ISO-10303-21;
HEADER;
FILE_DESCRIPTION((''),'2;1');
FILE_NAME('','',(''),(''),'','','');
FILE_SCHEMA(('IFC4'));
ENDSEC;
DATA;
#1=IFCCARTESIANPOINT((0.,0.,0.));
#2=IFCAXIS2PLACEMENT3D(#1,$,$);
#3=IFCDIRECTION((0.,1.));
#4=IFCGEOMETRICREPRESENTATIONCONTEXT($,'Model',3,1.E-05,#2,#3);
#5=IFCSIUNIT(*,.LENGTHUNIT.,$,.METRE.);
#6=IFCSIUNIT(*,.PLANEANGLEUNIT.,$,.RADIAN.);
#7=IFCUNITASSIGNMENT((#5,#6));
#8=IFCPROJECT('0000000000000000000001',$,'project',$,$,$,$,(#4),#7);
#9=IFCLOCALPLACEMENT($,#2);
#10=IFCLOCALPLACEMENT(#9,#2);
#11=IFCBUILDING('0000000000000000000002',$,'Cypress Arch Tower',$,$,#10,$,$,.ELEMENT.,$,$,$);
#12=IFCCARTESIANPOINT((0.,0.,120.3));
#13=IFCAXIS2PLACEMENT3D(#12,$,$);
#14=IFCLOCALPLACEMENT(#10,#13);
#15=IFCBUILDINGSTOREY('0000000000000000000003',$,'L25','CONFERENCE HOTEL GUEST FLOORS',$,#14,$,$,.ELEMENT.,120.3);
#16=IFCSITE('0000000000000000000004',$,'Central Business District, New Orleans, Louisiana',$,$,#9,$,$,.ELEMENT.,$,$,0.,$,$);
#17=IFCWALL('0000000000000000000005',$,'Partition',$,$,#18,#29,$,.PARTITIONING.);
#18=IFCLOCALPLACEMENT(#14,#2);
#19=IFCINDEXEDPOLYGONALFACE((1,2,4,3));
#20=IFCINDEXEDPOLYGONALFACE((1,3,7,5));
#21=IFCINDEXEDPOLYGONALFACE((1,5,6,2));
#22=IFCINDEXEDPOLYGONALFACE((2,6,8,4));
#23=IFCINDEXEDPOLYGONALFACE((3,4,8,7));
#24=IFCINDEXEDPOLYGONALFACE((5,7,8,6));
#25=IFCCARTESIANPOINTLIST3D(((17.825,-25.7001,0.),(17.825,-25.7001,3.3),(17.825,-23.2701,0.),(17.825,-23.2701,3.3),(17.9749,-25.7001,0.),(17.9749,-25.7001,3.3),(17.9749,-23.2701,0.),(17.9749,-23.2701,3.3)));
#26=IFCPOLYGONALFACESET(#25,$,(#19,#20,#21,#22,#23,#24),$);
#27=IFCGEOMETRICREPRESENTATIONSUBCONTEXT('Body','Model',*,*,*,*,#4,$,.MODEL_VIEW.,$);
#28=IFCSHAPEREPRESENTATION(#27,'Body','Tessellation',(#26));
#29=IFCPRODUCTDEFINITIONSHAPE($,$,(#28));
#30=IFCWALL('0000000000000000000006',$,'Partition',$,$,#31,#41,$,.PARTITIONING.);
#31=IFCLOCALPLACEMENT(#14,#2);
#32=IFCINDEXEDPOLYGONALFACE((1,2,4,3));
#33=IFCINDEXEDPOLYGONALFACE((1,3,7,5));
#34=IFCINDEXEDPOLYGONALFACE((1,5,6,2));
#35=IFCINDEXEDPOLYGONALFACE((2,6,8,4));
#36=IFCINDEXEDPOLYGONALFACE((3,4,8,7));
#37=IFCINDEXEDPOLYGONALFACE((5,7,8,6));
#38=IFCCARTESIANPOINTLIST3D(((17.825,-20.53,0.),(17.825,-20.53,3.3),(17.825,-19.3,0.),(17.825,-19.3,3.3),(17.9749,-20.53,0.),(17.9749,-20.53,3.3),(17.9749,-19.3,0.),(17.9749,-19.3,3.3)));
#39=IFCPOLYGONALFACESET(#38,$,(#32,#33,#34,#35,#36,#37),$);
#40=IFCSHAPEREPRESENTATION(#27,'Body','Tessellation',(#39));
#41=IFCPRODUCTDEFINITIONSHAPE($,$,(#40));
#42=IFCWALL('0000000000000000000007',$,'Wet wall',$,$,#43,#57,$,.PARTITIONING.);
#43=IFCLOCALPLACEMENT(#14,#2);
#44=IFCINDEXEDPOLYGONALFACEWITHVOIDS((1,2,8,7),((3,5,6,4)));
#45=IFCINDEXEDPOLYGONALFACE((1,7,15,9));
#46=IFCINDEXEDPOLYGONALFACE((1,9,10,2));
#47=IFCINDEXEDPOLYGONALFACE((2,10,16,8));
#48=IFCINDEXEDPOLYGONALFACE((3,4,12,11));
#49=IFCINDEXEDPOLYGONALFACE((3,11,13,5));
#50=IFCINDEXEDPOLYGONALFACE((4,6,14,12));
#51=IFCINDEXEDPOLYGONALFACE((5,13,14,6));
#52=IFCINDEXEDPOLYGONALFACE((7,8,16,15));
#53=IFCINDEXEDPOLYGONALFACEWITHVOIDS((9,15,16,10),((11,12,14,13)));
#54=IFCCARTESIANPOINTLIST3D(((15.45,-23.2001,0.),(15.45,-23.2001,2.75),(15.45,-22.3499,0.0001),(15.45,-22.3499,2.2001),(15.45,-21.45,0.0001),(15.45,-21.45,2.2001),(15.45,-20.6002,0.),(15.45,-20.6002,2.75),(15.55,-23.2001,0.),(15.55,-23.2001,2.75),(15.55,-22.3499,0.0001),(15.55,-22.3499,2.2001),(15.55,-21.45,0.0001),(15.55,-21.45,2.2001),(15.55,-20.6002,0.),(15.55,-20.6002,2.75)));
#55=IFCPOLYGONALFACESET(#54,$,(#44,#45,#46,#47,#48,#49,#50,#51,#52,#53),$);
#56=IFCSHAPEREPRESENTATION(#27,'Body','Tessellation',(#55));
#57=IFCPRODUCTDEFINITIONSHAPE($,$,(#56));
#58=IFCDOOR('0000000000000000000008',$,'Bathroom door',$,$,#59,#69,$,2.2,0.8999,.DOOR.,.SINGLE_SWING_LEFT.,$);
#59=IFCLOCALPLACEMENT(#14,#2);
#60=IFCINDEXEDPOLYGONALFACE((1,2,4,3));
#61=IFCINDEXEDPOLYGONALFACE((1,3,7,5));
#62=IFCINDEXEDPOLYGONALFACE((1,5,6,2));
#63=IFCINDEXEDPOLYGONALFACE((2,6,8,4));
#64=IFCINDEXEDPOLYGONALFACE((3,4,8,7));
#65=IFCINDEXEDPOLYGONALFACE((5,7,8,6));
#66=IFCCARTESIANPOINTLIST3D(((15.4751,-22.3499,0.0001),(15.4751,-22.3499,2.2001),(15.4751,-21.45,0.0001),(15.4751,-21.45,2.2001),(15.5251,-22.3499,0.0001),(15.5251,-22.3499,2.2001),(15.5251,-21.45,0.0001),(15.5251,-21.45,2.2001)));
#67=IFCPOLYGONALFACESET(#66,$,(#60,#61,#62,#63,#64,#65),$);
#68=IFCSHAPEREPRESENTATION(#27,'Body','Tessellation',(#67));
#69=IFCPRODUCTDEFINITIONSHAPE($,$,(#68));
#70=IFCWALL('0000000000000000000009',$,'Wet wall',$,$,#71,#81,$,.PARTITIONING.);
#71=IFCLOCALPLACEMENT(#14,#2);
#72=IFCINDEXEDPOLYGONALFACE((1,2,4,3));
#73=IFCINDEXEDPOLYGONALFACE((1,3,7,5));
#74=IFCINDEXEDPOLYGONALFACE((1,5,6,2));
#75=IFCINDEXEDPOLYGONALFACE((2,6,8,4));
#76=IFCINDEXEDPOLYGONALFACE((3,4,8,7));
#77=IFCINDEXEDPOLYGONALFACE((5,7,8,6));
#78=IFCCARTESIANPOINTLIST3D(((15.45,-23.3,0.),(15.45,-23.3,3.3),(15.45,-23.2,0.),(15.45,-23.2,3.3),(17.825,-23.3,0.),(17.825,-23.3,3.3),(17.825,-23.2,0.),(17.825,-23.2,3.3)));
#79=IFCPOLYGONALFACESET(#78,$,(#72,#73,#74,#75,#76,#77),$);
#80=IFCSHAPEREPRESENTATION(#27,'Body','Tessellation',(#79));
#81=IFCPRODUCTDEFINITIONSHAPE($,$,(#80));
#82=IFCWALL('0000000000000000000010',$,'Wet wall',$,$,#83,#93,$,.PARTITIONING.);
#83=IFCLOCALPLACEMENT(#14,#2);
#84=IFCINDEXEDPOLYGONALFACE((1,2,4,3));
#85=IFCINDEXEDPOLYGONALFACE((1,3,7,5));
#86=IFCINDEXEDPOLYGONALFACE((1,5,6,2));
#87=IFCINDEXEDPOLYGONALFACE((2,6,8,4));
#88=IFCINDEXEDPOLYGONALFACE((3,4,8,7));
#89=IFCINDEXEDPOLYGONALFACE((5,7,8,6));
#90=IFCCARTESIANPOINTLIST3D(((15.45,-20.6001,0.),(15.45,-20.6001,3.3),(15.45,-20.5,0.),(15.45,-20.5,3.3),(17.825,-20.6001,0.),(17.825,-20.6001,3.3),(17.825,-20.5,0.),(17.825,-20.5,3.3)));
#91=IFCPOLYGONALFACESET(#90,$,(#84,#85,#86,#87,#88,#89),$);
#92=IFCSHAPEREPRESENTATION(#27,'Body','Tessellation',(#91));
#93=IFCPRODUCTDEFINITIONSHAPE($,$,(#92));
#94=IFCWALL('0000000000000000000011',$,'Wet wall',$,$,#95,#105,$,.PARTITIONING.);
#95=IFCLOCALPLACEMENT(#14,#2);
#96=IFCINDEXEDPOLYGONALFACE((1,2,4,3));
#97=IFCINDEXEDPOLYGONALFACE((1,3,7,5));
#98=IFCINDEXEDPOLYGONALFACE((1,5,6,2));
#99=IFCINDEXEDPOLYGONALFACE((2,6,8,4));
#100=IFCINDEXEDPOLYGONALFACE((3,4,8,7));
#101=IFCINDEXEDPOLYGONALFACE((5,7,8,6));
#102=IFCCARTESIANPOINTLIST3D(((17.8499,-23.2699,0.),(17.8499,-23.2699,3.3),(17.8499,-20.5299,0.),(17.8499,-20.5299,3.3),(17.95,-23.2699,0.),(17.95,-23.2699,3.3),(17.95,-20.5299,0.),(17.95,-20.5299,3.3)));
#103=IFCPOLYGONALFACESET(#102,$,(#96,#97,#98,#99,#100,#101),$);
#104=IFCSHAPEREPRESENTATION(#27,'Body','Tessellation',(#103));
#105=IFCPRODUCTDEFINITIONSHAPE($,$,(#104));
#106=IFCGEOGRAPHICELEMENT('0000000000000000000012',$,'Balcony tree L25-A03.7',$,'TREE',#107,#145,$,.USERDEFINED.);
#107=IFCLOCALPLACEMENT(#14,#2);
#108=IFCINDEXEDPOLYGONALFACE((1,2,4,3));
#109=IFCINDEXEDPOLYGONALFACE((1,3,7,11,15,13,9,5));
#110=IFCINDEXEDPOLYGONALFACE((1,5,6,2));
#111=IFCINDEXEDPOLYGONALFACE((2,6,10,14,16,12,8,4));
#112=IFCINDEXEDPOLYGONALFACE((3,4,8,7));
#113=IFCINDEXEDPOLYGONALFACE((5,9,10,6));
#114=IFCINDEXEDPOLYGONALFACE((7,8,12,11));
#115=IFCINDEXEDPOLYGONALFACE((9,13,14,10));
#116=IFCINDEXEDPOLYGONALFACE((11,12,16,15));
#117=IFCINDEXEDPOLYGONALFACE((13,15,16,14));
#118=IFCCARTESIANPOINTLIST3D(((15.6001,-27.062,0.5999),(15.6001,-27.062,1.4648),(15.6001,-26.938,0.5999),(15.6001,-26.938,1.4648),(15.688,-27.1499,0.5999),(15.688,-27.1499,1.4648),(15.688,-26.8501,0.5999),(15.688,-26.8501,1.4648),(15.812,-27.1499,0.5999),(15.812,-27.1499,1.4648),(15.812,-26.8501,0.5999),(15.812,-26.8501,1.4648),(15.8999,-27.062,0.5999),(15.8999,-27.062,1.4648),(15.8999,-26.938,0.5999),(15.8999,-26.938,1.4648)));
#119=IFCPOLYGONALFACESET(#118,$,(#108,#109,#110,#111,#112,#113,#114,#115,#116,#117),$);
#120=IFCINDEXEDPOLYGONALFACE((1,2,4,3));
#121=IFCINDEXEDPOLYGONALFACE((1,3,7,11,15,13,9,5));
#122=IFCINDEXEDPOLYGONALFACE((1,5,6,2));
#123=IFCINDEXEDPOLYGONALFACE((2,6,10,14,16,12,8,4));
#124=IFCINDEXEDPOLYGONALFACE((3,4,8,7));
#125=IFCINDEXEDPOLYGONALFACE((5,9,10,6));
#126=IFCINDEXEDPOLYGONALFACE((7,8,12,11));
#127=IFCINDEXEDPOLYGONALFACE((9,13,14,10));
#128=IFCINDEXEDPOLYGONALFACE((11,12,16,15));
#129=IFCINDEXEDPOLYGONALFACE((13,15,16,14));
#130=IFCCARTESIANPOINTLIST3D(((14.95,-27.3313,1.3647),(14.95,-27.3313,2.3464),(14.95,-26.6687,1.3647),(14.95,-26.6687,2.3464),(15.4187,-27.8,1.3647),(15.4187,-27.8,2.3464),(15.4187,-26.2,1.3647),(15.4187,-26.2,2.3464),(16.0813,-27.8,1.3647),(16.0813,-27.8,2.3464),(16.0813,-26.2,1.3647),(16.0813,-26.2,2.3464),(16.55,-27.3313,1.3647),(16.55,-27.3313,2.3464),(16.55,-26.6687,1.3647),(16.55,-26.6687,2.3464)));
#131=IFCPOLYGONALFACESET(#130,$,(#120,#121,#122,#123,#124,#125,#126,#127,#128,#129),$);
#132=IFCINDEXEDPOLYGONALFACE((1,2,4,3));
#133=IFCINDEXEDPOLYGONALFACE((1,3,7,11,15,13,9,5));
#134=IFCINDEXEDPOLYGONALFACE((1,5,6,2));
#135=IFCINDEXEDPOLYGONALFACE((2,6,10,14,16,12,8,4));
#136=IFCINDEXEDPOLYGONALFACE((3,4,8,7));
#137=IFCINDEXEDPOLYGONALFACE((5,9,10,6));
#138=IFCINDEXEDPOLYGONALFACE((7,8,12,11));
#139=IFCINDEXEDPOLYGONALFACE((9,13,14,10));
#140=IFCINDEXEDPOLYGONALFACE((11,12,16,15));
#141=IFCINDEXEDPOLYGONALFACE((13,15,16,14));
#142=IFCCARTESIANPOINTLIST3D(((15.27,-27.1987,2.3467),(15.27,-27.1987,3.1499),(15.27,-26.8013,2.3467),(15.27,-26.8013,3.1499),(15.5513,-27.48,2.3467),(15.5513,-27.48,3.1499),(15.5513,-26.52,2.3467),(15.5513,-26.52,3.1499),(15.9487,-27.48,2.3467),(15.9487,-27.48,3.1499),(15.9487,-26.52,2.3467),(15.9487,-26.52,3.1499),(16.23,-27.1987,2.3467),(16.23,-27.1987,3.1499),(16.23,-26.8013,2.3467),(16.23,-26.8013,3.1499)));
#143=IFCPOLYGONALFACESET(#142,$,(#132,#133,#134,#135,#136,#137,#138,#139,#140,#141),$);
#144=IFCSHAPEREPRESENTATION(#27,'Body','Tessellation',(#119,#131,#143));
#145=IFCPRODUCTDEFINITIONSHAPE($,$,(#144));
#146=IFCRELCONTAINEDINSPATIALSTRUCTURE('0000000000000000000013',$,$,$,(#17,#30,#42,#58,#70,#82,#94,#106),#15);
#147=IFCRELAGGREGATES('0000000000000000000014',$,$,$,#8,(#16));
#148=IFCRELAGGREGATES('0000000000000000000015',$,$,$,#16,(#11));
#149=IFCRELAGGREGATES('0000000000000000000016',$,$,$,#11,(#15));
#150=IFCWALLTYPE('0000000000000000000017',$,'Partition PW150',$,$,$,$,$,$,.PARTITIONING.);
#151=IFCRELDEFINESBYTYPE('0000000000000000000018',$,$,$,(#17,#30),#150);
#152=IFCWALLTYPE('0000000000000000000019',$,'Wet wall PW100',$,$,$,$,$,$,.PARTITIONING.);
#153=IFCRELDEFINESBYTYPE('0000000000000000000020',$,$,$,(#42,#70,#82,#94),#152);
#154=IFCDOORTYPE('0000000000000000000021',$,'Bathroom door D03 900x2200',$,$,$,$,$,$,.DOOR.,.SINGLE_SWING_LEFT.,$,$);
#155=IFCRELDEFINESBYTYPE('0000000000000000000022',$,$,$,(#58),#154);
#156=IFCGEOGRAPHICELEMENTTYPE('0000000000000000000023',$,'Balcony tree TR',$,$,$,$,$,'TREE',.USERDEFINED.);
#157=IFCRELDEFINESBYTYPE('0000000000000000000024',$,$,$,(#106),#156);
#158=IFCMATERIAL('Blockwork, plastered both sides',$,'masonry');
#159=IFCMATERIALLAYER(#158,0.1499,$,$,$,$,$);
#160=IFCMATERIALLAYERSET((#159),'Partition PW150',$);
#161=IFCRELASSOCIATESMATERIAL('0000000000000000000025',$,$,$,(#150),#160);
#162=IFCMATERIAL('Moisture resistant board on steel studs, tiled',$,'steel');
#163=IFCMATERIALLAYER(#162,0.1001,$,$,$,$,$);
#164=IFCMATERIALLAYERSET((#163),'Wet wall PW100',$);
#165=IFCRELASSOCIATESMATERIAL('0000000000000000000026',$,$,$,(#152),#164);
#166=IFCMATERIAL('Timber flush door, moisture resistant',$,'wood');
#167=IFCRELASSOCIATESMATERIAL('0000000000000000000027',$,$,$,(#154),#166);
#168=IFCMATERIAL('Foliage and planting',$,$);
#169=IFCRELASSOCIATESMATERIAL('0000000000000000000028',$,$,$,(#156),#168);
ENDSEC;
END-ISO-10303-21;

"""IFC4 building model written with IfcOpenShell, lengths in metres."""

from ifc_helpers import new_model, si_unit, direction, frame, frame_2d, origin, place, context, subcontext, project, spatial, polyline, rectangle, outline, extrude, material, layer, layer_set, type_object, element, fill, save


model = new_model("IFC4")

# Units and contexts
model_context = context("Model", 3, precision=1e-05, world=origin(), true_north=direction((0.0, 1.0)))
body_context = subcontext(model_context, "Body", "Model", "MODEL_VIEW")
ifc_project = project(units=[si_unit("LENGTHUNIT", "METRE"), si_unit("PLANEANGLEUNIT", "RADIAN")], contexts=[model_context])

# Site, building, storey
site_placement = place(None, origin())
site = spatial("IfcSite", under=ifc_project, at=site_placement, Name="Central Business District, New Orleans, Louisiana", CompositionType="ELEMENT", RefElevation=0.0)
building_placement = place(site_placement, origin())
building = spatial("IfcBuilding", under=site, at=building_placement, Name="Cypress Arch Tower", CompositionType="ELEMENT")
storey_placement = place(building_placement, frame((0.0, 0.0, 120.3)))
storey = spatial("IfcBuildingStorey", under=building, at=storey_placement, Name="L25", Description="CONFERENCE HOTEL GUEST FLOORS", CompositionType="ELEMENT", Elevation=120.3)

# Walls
ifc_material_1 = material(Name="Blockwork, plastered both sides", Category="masonry")
ifc_layer_1 = layer(ifc_material_1, 0.1499)
ifc_layer_set_1 = layer_set([ifc_layer_1], Name="Partition PW150")
wall_type_1 = type_object("IfcWallType", Name="Partition PW150", PredefinedType="PARTITIONING", material=ifc_layer_set_1)
wall_1_placement = place(storey_placement, frame((17.8999, -25.7, 0.0), z_axis=(0.0, 0.0, 1.0), x_axis=(0.0, 1.0, 0.0)))
element("IfcWall", 1, at=wall_1_placement, inside=storey, type_object=wall_type_1, Name="Partition", PredefinedType="PARTITIONING", context=body_context, shape_type="SweptSolid", body=[
    extrude(rectangle(XDim=2.4299, YDim=0.1499, at=frame_2d((1.2148, 0.0))), origin(), (0.0, 0.0, 1.0), 3.3),
])
wall_2_placement = place(storey_placement, frame((17.8999, -20.53, 0.0), z_axis=(0.0, 0.0, 1.0), x_axis=(0.0, 1.0, 0.0)))
element("IfcWall", 2, at=wall_2_placement, inside=storey, type_object=wall_type_1, Name="Partition", PredefinedType="PARTITIONING", context=body_context, shape_type="SweptSolid", body=[
    extrude(rectangle(XDim=1.23, YDim=0.1499, at=frame_2d((0.615, 0.0))), origin(), (0.0, 0.0, 1.0), 3.3),
])

# Wall, opening, door
ifc_material_2 = material(Name="Moisture resistant board on steel studs, tiled", Category="steel")
ifc_layer_2 = layer(ifc_material_2, 0.1001)
ifc_layer_set_2 = layer_set([ifc_layer_2], Name="Wet wall PW100")
wall_type_2 = type_object("IfcWallType", Name="Wet wall PW100", PredefinedType="PARTITIONING", material=ifc_layer_set_2)
wall_3_placement = place(storey_placement, frame((15.5, -23.2, 0.0), z_axis=(0.0, 0.0, 1.0), x_axis=(0.0, 1.0, 0.0)))
wall_3 = element("IfcWall", 3, at=wall_3_placement, inside=storey, type_object=wall_type_2, Name="Wet wall", PredefinedType="PARTITIONING", context=body_context, shape_type="SweptSolid", body=[
    extrude(rectangle(XDim=2.5999, YDim=0.1001, at=frame_2d((1.2998, 0.0))), origin(), (0.0, 0.0, 1.0), 2.75),
])
opening_1_placement = place(wall_3_placement, frame((0.8501, 0.0, 0.0)))
opening_1 = element("IfcOpeningElement", 4, at=opening_1_placement, cuts=wall_3, PredefinedType="OPENING", context=body_context, shape_type="SweptSolid", body=[
    extrude(rectangle(XDim=0.8999, YDim=2.2, at=frame_2d((0.45, 1.1001))), frame((0.0, 0.0601, 0.0), z_axis=(0.0, -1.0, 0.0), x_axis=(1.0, 0.0, 0.0)), (0.0, 0.0, 1.0), 0.1201),
])
ifc_material_3 = material(Name="Timber flush door, moisture resistant", Category="wood")
door_type_1 = type_object("IfcDoorType", Name="Bathroom door D03 900x2200", OperationType="SINGLE_SWING_LEFT", PredefinedType="DOOR", material=ifc_material_3)
door_1_placement = place(opening_1_placement, origin())
door_1 = element("IfcDoor", 5, at=door_1_placement, inside=storey, type_object=door_type_1, Name="Bathroom door", OperationType="SINGLE_SWING_LEFT", OverallHeight=2.2, OverallWidth=0.8999, PredefinedType="DOOR", context=body_context, shape_type="SweptSolid", body=[
    extrude(rectangle(XDim=0.8999, YDim=2.2, at=frame_2d((0.45, 1.1001))), frame((0.0, 0.0249, 0.0), z_axis=(0.0, -1.0, 0.0), x_axis=(1.0, 0.0, 0.0)), (0.0, 0.0, 1.0), 0.05),
])
fill(opening_1, door_1)

# Walls
for number, where, z_axis, x_axis, name in (
    (6, (15.45, -23.25, 0.0), (0.0, 0.0, 1.0), (1.0, 0.0, 0.0), "Wet wall"),
    (7, (15.45, -20.55, 0.0), (0.0, 0.0, 1.0), (1.0, 0.0, 0.0), "Wet wall"),
):
    element("IfcWall", number, at=place(storey_placement, frame(where, z_axis=z_axis, x_axis=x_axis)), inside=storey, type_object=wall_type_2, Name=name, PredefinedType="PARTITIONING", context=body_context, shape_type="SweptSolid", body=[
        extrude(rectangle(XDim=2.375, YDim=0.1001, at=frame_2d((1.1875, 0.0))), origin(), (0.0, 0.0, 1.0), 3.3),
    ])
wall_4_placement = place(storey_placement, frame((17.8999, -23.27, 0.0), z_axis=(0.0, 0.0, 1.0), x_axis=(0.0, 1.0, 0.0)))
element("IfcWall", 8, at=wall_4_placement, inside=storey, type_object=wall_type_2, Name="Wet wall", PredefinedType="PARTITIONING", context=body_context, shape_type="SweptSolid", body=[
    extrude(rectangle(XDim=2.74, YDim=0.1001, at=frame_2d((1.3701, 0.0))), origin(), (0.0, 0.0, 1.0), 3.3),
])

# Geographic element
ifc_material_4 = material(Name="Foliage and planting")
geographic_element_type = type_object("IfcGeographicElementType", Name="Balcony tree TR", ElementType="TREE", PredefinedType="USERDEFINED", material=ifc_material_4)
geographic_element_placement = place(storey_placement, frame((15.75, -27.0, 0.5999), z_axis=(0.0, 0.0, 1.0), x_axis=(1.0, 0.0, 0.0)))
element("IfcGeographicElement", 9, at=geographic_element_placement, inside=storey, type_object=geographic_element_type, Name="Balcony tree L25-A03.7", ObjectType="TREE", PredefinedType="USERDEFINED", context=body_context, shape_type="SweptSolid", body=[
    extrude(outline(polyline([(0.1499, 0.062), (0.062, 0.1499), (-0.062, 0.1499), (-0.1499, 0.062), (-0.1499, -0.062), (-0.062, -0.1499), (0.062, -0.1499), (0.1499, -0.062), (0.1499, 0.062)])), origin(), (0.0, 0.0, 1.0), 0.865),
    extrude(outline(polyline([(0.8, 0.3313), (0.3313, 0.8), (-0.3313, 0.8), (-0.8, 0.3313), (-0.8, -0.3313), (-0.3313, -0.8), (0.3313, -0.8), (0.8, -0.3313), (0.8, 0.3313)])), frame((0.0, 0.0, 0.7649)), (0.0, 0.0, 1.0), 0.9817),
    extrude(outline(polyline([(0.48, 0.1987), (0.1987, 0.48), (-0.1987, 0.48), (-0.48, 0.1987), (-0.48, -0.1987), (-0.1987, -0.48), (0.1987, -0.48), (0.48, -0.1987), (0.48, 0.1987)])), frame((0.0, 0.0, 1.7468)), (0.0, 0.0, 1.0), 0.8032),
])

save(model, "model.ifc")
